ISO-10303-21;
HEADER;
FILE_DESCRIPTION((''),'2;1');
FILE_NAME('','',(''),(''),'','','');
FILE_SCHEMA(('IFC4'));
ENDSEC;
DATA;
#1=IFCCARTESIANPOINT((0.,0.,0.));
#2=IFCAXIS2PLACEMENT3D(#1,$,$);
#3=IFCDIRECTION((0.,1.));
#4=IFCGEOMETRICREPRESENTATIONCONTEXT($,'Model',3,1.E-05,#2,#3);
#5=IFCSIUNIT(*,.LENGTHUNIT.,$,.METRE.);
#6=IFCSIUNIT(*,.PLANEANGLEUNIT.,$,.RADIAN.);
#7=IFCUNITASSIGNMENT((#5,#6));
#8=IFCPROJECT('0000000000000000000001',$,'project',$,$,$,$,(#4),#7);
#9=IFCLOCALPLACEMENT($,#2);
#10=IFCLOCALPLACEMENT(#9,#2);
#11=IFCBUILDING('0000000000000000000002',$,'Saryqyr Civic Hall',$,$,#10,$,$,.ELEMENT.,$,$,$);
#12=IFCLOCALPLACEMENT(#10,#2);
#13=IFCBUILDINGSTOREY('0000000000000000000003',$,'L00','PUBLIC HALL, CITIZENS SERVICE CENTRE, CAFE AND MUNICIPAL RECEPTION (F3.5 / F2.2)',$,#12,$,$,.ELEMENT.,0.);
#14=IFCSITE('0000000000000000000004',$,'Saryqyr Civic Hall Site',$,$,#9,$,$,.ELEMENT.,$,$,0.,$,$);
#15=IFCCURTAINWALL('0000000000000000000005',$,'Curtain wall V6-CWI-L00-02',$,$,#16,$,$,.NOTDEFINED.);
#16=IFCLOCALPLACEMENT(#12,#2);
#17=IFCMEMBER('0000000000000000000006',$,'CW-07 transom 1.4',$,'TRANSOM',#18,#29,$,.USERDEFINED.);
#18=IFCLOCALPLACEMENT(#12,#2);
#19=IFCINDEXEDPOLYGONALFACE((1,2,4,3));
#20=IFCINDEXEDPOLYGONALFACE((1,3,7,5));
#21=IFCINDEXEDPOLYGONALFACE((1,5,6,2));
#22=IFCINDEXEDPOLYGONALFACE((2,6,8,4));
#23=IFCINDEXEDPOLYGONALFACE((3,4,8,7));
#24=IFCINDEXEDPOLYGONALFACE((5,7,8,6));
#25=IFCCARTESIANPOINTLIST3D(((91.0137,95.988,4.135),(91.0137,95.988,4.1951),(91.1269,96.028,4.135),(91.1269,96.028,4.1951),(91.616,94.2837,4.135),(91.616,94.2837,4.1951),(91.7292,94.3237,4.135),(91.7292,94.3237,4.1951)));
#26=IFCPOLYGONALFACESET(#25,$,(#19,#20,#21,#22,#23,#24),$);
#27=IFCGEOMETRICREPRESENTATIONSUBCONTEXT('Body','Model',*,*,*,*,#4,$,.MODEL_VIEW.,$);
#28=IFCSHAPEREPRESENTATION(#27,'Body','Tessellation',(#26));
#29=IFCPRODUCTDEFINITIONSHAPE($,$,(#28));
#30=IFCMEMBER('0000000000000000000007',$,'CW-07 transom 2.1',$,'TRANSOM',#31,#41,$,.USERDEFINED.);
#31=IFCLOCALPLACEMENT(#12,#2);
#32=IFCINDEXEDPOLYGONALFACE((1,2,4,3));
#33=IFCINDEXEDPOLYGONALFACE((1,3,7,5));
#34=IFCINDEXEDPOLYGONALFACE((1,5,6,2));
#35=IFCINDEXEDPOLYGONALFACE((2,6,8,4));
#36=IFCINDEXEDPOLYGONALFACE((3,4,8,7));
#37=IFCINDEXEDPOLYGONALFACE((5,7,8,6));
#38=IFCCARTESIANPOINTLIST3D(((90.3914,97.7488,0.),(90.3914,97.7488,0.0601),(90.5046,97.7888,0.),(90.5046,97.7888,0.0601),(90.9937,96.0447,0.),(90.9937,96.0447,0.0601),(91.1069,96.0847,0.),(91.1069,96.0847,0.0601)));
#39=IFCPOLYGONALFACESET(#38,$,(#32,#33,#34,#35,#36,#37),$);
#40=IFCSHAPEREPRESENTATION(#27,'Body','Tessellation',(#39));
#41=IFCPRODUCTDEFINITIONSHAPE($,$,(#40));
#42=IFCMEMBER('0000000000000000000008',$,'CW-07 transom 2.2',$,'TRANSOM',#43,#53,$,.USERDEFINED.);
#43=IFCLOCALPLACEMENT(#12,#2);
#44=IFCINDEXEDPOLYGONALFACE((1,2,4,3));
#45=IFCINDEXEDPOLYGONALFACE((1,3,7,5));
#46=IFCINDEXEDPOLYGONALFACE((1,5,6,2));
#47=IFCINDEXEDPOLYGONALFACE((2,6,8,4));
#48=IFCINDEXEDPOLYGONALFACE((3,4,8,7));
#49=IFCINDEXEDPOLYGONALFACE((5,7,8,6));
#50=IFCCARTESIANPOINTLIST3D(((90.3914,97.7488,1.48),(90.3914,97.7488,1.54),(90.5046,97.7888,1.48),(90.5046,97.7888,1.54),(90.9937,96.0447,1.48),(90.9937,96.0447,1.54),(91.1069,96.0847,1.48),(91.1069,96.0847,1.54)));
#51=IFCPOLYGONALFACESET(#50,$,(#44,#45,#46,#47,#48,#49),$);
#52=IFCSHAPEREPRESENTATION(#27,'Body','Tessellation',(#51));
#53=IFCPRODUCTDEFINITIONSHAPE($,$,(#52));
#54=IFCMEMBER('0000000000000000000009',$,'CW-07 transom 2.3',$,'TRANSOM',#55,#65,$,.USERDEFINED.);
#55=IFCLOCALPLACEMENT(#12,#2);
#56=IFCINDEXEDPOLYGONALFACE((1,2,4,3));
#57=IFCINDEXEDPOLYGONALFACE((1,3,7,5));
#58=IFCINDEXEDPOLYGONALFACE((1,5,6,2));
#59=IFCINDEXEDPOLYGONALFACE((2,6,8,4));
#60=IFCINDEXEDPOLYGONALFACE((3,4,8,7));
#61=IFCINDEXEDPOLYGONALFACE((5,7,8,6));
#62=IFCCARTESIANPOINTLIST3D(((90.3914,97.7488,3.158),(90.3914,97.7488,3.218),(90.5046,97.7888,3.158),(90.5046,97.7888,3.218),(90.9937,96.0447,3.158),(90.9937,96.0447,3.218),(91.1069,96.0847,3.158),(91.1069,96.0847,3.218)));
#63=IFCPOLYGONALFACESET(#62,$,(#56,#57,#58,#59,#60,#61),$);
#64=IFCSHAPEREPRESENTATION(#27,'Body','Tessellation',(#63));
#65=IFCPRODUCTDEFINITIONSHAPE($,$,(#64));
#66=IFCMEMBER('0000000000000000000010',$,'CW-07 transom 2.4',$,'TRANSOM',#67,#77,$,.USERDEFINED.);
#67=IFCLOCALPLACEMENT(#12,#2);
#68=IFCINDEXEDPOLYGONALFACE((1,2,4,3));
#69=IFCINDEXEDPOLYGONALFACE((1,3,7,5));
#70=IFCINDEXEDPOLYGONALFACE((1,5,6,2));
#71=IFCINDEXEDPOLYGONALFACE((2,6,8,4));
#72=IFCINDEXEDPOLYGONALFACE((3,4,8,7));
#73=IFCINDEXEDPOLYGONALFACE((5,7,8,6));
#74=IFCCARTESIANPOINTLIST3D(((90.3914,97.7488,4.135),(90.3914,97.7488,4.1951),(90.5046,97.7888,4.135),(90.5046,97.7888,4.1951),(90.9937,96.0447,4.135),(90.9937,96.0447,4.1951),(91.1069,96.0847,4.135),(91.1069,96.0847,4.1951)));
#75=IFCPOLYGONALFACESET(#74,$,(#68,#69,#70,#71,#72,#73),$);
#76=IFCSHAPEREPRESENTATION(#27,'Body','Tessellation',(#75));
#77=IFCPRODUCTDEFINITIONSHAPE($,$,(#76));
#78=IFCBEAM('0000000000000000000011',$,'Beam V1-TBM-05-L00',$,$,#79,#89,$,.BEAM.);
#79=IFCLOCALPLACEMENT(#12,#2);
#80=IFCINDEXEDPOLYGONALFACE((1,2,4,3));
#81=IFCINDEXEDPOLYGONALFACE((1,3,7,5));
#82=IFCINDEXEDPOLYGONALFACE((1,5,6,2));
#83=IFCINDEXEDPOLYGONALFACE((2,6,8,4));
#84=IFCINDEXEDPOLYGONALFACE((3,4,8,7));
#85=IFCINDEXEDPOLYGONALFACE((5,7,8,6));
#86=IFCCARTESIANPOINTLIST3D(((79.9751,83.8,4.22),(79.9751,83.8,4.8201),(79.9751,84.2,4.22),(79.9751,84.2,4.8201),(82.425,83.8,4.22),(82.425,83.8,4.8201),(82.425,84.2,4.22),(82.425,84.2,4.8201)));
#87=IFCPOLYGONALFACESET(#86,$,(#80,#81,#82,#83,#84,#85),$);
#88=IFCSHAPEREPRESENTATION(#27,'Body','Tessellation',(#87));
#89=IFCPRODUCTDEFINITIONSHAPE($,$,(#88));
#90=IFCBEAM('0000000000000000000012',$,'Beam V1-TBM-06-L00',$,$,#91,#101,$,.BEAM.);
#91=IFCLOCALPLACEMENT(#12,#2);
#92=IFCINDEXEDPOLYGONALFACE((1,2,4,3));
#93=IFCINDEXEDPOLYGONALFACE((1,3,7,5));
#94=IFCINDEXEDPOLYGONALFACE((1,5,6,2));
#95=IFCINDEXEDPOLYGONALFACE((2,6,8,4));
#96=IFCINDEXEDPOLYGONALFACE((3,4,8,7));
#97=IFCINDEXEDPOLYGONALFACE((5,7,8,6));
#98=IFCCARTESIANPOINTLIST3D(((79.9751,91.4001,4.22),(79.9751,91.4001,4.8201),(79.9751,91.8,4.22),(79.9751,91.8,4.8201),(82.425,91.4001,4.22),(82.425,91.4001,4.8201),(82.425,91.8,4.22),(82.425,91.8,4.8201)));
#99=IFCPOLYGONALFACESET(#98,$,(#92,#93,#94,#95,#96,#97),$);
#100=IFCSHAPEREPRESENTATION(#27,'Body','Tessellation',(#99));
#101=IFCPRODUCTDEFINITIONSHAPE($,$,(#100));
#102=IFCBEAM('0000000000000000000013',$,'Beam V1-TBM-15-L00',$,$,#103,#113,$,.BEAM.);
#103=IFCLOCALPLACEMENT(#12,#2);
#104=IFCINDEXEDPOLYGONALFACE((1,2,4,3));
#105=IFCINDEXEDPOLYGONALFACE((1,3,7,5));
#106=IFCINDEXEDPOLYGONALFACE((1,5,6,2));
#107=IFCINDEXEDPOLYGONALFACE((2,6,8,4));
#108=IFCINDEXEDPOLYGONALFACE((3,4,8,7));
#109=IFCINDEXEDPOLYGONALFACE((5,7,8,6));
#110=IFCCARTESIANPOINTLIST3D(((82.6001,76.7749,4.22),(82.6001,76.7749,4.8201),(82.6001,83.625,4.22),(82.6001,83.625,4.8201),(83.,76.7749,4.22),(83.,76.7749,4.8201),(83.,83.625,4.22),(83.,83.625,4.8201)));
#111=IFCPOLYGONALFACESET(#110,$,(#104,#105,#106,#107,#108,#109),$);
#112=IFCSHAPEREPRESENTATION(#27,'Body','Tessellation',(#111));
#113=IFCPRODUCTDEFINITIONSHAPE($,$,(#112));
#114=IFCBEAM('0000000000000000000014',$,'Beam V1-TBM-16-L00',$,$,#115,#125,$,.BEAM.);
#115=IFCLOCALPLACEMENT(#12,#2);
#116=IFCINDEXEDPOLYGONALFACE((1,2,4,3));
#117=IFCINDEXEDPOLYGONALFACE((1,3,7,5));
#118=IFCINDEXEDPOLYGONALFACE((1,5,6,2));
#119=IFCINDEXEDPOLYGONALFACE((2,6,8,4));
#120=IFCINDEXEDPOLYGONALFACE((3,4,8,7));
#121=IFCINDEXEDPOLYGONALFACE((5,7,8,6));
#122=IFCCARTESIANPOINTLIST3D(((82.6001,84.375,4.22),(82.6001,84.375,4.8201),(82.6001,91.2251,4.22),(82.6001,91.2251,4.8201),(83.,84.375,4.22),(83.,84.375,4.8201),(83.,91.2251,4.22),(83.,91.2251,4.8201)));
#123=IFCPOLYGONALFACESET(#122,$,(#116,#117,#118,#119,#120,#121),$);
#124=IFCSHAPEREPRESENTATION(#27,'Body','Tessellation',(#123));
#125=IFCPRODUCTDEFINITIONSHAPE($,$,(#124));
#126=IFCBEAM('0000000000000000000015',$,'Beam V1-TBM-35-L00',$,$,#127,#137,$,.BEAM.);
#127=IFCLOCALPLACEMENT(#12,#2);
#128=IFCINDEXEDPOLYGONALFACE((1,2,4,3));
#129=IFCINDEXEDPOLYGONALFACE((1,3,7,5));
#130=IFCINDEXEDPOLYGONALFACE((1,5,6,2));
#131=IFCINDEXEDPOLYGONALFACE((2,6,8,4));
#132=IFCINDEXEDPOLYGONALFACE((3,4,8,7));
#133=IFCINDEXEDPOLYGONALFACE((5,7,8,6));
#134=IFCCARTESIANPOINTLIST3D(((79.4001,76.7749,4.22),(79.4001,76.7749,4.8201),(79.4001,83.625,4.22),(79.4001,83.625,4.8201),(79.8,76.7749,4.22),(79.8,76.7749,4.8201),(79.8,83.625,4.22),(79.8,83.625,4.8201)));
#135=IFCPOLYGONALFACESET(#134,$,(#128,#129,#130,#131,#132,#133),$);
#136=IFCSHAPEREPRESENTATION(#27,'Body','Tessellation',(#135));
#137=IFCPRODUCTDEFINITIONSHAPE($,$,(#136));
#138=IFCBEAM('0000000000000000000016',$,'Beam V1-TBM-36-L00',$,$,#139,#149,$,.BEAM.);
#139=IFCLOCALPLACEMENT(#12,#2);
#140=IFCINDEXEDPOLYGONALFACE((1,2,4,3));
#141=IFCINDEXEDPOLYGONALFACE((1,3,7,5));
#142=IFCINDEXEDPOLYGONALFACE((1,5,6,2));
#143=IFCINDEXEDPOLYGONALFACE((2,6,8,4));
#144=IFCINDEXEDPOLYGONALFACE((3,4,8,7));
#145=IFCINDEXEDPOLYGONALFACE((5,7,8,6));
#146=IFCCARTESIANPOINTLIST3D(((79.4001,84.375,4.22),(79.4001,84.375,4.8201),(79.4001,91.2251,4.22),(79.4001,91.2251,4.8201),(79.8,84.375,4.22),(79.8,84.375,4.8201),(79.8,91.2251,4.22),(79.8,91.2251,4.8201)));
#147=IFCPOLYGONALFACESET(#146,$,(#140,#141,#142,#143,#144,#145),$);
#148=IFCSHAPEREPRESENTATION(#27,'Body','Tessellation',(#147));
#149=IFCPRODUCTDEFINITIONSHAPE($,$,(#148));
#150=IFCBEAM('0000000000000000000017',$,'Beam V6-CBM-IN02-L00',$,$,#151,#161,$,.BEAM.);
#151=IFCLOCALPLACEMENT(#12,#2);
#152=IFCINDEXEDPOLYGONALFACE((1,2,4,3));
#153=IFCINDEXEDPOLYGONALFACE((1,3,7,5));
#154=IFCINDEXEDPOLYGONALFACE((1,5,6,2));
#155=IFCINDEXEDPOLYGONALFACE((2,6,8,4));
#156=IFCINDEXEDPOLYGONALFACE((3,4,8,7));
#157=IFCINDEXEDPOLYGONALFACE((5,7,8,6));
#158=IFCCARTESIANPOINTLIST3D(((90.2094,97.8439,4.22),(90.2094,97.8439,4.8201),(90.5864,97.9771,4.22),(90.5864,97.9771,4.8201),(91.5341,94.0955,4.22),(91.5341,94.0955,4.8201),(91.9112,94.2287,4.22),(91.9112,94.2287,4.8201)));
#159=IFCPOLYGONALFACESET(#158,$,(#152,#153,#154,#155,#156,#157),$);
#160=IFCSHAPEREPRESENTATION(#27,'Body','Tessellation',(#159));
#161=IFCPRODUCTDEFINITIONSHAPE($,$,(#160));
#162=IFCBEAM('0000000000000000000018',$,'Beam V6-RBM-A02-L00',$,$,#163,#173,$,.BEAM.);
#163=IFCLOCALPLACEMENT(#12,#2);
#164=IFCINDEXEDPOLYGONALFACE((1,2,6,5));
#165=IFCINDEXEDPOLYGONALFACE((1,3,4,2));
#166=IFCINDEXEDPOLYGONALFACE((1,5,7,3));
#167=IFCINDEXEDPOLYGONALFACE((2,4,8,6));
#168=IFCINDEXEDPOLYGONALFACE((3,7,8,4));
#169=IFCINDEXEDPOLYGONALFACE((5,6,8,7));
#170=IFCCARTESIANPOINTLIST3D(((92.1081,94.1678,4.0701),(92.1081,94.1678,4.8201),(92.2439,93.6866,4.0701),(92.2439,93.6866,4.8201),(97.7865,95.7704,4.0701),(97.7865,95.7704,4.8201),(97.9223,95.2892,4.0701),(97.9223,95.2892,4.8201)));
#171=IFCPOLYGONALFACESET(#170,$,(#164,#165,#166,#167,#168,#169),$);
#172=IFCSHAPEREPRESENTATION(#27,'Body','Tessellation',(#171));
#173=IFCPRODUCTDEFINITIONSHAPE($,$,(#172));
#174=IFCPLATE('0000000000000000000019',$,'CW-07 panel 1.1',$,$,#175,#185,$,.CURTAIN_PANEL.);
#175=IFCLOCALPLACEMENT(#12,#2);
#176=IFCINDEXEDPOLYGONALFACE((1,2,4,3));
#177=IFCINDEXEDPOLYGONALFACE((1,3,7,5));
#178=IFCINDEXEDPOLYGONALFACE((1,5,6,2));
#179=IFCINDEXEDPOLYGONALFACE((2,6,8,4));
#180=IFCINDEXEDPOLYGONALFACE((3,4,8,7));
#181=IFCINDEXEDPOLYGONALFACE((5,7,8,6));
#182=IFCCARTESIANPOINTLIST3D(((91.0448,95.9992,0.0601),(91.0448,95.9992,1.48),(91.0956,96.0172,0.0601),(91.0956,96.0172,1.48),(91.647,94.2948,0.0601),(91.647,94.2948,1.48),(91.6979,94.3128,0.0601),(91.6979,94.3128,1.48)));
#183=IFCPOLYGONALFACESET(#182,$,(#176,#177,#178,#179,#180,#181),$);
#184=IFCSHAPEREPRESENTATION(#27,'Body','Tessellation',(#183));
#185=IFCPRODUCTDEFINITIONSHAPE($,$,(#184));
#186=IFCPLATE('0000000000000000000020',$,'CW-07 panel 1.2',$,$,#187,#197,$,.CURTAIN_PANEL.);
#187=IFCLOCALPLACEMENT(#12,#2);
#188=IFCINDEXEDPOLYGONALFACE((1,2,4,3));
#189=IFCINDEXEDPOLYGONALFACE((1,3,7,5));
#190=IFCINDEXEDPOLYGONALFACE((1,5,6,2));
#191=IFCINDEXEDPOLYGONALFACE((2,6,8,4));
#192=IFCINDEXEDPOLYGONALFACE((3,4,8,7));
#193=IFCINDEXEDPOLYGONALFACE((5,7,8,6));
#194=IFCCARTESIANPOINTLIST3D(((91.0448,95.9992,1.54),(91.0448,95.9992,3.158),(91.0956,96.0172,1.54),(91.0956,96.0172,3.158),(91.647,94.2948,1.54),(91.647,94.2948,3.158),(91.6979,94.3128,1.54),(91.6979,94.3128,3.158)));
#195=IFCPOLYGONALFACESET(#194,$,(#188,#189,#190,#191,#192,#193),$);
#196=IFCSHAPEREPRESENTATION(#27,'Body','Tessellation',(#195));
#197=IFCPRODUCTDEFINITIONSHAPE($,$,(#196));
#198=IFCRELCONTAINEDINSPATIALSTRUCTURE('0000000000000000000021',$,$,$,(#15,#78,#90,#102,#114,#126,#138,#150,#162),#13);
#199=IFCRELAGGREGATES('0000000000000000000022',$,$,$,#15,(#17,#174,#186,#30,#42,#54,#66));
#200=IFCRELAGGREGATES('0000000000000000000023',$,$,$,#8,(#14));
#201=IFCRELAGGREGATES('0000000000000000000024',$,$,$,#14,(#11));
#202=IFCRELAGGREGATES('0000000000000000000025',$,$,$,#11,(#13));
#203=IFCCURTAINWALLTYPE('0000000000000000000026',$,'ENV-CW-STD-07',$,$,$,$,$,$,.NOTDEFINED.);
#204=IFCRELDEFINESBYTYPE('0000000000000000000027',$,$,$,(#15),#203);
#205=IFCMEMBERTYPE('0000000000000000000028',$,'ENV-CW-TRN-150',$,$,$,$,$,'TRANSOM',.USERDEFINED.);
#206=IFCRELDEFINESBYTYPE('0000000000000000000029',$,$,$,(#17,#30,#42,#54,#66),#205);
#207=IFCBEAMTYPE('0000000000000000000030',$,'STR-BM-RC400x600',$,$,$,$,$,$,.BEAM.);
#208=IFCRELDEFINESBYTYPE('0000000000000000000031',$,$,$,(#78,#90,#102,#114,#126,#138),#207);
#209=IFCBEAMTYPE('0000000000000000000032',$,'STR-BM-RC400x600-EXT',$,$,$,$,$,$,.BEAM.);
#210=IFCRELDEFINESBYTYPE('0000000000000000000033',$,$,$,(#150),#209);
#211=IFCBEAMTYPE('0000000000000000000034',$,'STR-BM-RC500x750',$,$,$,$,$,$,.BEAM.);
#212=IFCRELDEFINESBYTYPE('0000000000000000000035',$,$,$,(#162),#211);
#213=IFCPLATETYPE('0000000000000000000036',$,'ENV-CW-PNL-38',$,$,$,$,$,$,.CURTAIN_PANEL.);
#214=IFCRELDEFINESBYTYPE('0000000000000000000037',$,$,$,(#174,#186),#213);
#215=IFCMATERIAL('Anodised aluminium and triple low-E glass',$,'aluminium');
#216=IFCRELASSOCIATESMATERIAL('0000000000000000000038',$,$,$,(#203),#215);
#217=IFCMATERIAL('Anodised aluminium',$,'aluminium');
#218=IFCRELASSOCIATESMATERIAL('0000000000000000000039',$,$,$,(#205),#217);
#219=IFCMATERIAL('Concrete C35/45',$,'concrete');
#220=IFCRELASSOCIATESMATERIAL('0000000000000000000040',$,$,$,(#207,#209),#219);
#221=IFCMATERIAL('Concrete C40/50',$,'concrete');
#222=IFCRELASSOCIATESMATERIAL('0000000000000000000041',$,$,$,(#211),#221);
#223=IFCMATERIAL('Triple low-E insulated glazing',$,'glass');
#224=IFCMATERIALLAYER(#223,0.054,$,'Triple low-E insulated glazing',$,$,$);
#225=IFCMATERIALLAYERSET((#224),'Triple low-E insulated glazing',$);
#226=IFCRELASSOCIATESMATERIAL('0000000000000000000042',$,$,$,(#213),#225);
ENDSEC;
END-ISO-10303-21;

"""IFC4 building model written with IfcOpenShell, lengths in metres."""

from ifc_helpers import new_model, si_unit, direction, frame, origin, origin_2d, place, context, subcontext, project, spatial, rectangle, extrude, material, layer, layer_set, material_profile, profile_set, type_object, element, aggregate, save


model = new_model("IFC4")

# Units and contexts
model_context = context("Model", 3, precision=1e-05, world=origin(), true_north=direction((0.0, 1.0)))
body_context = subcontext(model_context, "Body", "Model", "MODEL_VIEW")
ifc_project = project(units=[si_unit("LENGTHUNIT", "METRE"), si_unit("PLANEANGLEUNIT", "RADIAN")], contexts=[model_context])

# Site, building, storey
site_placement = place(None, origin())
site = spatial("IfcSite", under=ifc_project, at=site_placement, Name="Saryqyr Civic Hall Site", CompositionType="ELEMENT", RefElevation=0.0)
building_placement = place(site_placement, origin())
building = spatial("IfcBuilding", under=site, at=building_placement, Name="Saryqyr Civic Hall", CompositionType="ELEMENT")
storey_placement = place(building_placement, origin())
storey = spatial("IfcBuildingStorey", under=building, at=storey_placement, Name="L00", Description="PUBLIC HALL, CITIZENS SERVICE CENTRE, CAFE AND MUNICIPAL RECEPTION (F3.5 / F2.2)", CompositionType="ELEMENT", Elevation=0.0)

# Shared definitions
ifc_material_1 = material(Name="Concrete C40/50", Category="concrete")

# Curtain wall
ifc_material_2 = material(Name="Anodised aluminium and triple low-E glass", Category="aluminium")
curtain_wall_type = type_object("IfcCurtainWallType", Name="ENV-CW-STD-07", PredefinedType="NOTDEFINED", material=ifc_material_2)
curtain_wall_1_placement = place(storey_placement, origin())
curtain_wall_1 = element("IfcCurtainWall", 1, at=curtain_wall_1_placement, inside=storey, type_object=curtain_wall_type, Name="Curtain wall V6-CWI-L00-02", PredefinedType="NOTDEFINED")
ifc_material_3 = material(Name="Anodised aluminium", Category="aluminium")

# Shared definitions
ifc_material_profile_1 = material_profile(ifc_material_3, rectangle(XDim=0.1201, YDim=0.0601, at=origin_2d()), Name="ALU TRANSOM 120x60")
ifc_profile_set_1 = profile_set([ifc_material_profile_1], Name="Anodised aluminium")
member_type_1 = type_object("IfcMemberType", Name="ENV-CW-TRN-150", ElementType="TRANSOM", PredefinedType="USERDEFINED", material=ifc_profile_set_1)

# Members
member_1_placement = place(storey_placement, frame((91.6726, 94.3037, 4.165), z_axis=(-0.333195, 0.942858, 0.0), x_axis=(-0.942858, -0.333195, 0.0)))
member_1 = element("IfcMember", 2, at=member_1_placement, type_object=member_type_1, Name="CW-07 transom 1.4", ObjectType="TRANSOM", PredefinedType="USERDEFINED", context=body_context, shape_type="SweptSolid", body=[
    extrude(rectangle(XDim=0.1201, YDim=0.0601, at=origin_2d()), origin(), (0.0, 0.0, 1.0), 1.8076),
])
member_2_placement = place(storey_placement, frame((91.0503, 96.0647, 0.03), z_axis=(-0.333237, 0.942843, 0.0), x_axis=(-0.942843, -0.333237, 0.0)))
member_2 = element("IfcMember", 3, at=member_2_placement, type_object=member_type_1, Name="CW-07 transom 2.1", ObjectType="TRANSOM", PredefinedType="USERDEFINED", context=body_context, shape_type="SweptSolid", body=[
    extrude(rectangle(XDim=0.1201, YDim=0.0601, at=origin_2d()), origin(), (0.0, 0.0, 1.0), 1.8074),
])
member_3_placement = place(storey_placement, frame((91.0503, 96.0647, 1.51), z_axis=(-0.333237, 0.942843, 0.0), x_axis=(-0.942843, -0.333237, 0.0)))
member_3 = element("IfcMember", 4, at=member_3_placement, type_object=member_type_1, Name="CW-07 transom 2.2", ObjectType="TRANSOM", PredefinedType="USERDEFINED", context=body_context, shape_type="SweptSolid", body=[
    extrude(rectangle(XDim=0.1201, YDim=0.0601, at=origin_2d()), origin(), (0.0, 0.0, 1.0), 1.8074),
])
member_4_placement = place(storey_placement, frame((91.0503, 96.0647, 3.188), z_axis=(-0.333237, 0.942843, 0.0), x_axis=(-0.942843, -0.333237, 0.0)))
member_4 = element("IfcMember", 5, at=member_4_placement, type_object=member_type_1, Name="CW-07 transom 2.3", ObjectType="TRANSOM", PredefinedType="USERDEFINED", context=body_context, shape_type="SweptSolid", body=[
    extrude(rectangle(XDim=0.1201, YDim=0.0601, at=origin_2d()), origin(), (0.0, 0.0, 1.0), 1.8074),
])
member_5_placement = place(storey_placement, frame((91.0503, 96.0647, 4.165), z_axis=(-0.333237, 0.942843, 0.0), x_axis=(-0.942843, -0.333237, 0.0)))
member_5 = element("IfcMember", 6, at=member_5_placement, type_object=member_type_1, Name="CW-07 transom 2.4", ObjectType="TRANSOM", PredefinedType="USERDEFINED", context=body_context, shape_type="SweptSolid", body=[
    extrude(rectangle(XDim=0.1201, YDim=0.0601, at=origin_2d()), origin(), (0.0, 0.0, 1.0), 1.8074),
])

# Beams
ifc_material_4 = material(Name="Concrete C35/45", Category="concrete")
ifc_material_profile_2 = material_profile(ifc_material_4, rectangle(XDim=0.3999, YDim=0.6001, at=origin_2d()), Name="RC 400x600")
ifc_profile_set_2 = profile_set([ifc_material_profile_2], Name="Concrete C35/45")
beam_type_1 = type_object("IfcBeamType", Name="STR-BM-RC400x600", PredefinedType="BEAM", material=ifc_profile_set_2)
for number, where, z_axis, x_axis, name in (
    (7, (79.9751, 84.0, 4.52), (1.0, 0.0, 0.0), (0.0, 1.0, 0.0), "Beam V1-TBM-05-L00"),
    (8, (79.9751, 91.6001, 4.52), (1.0, 0.0, 0.0), (0.0, 1.0, 0.0), "Beam V1-TBM-06-L00"),
):
    element("IfcBeam", number, at=place(storey_placement, frame(where, z_axis=z_axis, x_axis=x_axis)), inside=storey, type_object=beam_type_1, Name=name, PredefinedType="BEAM", context=body_context, shape_type="SweptSolid", body=[
        extrude(rectangle(XDim=0.3999, YDim=0.6001, at=origin_2d()), origin(), (0.0, 0.0, 1.0), 2.45),
    ])
for number, where, z_axis, x_axis, name in (
    (9, (82.8, 76.7749, 4.52), (0.0, 1.0, 0.0), (-1.0, 0.0, 0.0), "Beam V1-TBM-15-L00"),
    (10, (82.8, 84.375, 4.52), (0.0, 1.0, 0.0), (-1.0, 0.0, 0.0), "Beam V1-TBM-16-L00"),
    (11, (79.6001, 76.7749, 4.52), (0.0, 1.0, 0.0), (-1.0, 0.0, 0.0), "Beam V1-TBM-35-L00"),
    (12, (79.6001, 84.375, 4.52), (0.0, 1.0, 0.0), (-1.0, 0.0, 0.0), "Beam V1-TBM-36-L00"),
):
    element("IfcBeam", number, at=place(storey_placement, frame(where, z_axis=z_axis, x_axis=x_axis)), inside=storey, type_object=beam_type_1, Name=name, PredefinedType="BEAM", context=body_context, shape_type="SweptSolid", body=[
        extrude(rectangle(XDim=0.3999, YDim=0.6001, at=origin_2d()), origin(), (0.0, 0.0, 1.0), 6.8501),
    ])
ifc_material_profile_3 = material_profile(ifc_material_4, rectangle(XDim=0.3999, YDim=0.6001, at=origin_2d()), Name="RC 400x600")
ifc_profile_set_3 = profile_set([ifc_material_profile_3], Name="Concrete C35/45")
beam_type_2 = type_object("IfcBeamType", Name="STR-BM-RC400x600-EXT", PredefinedType="BEAM", material=ifc_profile_set_3)
beam_1_placement = place(storey_placement, frame((91.7227, 94.1621, 4.52), z_axis=(-0.333218, 0.94285, 0.0), x_axis=(-0.94285, -0.333218, 0.0)))
element("IfcBeam", 13, at=beam_1_placement, inside=storey, type_object=beam_type_2, Name="Beam V6-CBM-IN02-L00", PredefinedType="BEAM", context=body_context, shape_type="SweptSolid", body=[
    extrude(rectangle(XDim=0.3999, YDim=0.6001, at=origin_2d()), origin(), (0.0, 0.0, 1.0), 3.9756),
])
ifc_material_profile_4 = material_profile(ifc_material_1, rectangle(XDim=0.5, YDim=0.75, at=origin_2d()), Name="RC 500x750")
ifc_profile_set_4 = profile_set([ifc_material_profile_4], Name="Concrete C40/50")
beam_type_3 = type_object("IfcBeamType", Name="STR-BM-RC500x750", PredefinedType="BEAM", material=ifc_profile_set_4)
beam_2_placement = place(storey_placement, frame((92.176, 93.9272, 4.4451), z_axis=(0.962406, 0.271615, 0.0), x_axis=(-0.271615, 0.962406, 0.0)))
element("IfcBeam", 14, at=beam_2_placement, inside=storey, type_object=beam_type_3, Name="Beam V6-RBM-A02-L00", PredefinedType="BEAM", context=body_context, shape_type="SweptSolid", body=[
    extrude(rectangle(XDim=0.5, YDim=0.75, at=origin_2d()), origin(), (0.0, 0.0, 1.0), 5.9001),
])

# Plates
ifc_material_5 = material(Name="Triple low-E insulated glazing", Category="glass")
ifc_layer_1 = layer(ifc_material_5, 0.054, Name="Triple low-E insulated glazing")
ifc_layer_set_1 = layer_set([ifc_layer_1], Name="Triple low-E insulated glazing")
plate_type = type_object("IfcPlateType", Name="ENV-CW-PNL-38", PredefinedType="CURTAIN_PANEL", material=ifc_layer_set_1)
plate_1_placement = place(storey_placement, frame((91.3713, 95.156, 0.0601), z_axis=(0.0, 0.0, 1.0), x_axis=(-0.333173, 0.942866, 0.0)))
plate_1 = element("IfcPlate", 15, at=plate_1_placement, type_object=plate_type, Name="CW-07 panel 1.1", PredefinedType="CURTAIN_PANEL", context=body_context, shape_type="SweptSolid", body=[
    extrude(rectangle(XDim=1.8076, YDim=0.054, at=origin_2d()), origin(), (0.0, 0.0, 1.0), 1.4199),
])
plate_2_placement = place(storey_placement, frame((91.3713, 95.156, 1.54), z_axis=(0.0, 0.0, 1.0), x_axis=(-0.333173, 0.942866, 0.0)))
plate_2 = element("IfcPlate", 16, at=plate_2_placement, type_object=plate_type, Name="CW-07 panel 1.2", PredefinedType="CURTAIN_PANEL", context=body_context, shape_type="SweptSolid", body=[
    extrude(rectangle(XDim=1.8076, YDim=0.054, at=origin_2d()), origin(), (0.0, 0.0, 1.0), 1.6179),
])
aggregate(curtain_wall_1, [member_1, plate_1, plate_2, member_2, member_3, member_4, member_5])

save(model, "model.ifc")
